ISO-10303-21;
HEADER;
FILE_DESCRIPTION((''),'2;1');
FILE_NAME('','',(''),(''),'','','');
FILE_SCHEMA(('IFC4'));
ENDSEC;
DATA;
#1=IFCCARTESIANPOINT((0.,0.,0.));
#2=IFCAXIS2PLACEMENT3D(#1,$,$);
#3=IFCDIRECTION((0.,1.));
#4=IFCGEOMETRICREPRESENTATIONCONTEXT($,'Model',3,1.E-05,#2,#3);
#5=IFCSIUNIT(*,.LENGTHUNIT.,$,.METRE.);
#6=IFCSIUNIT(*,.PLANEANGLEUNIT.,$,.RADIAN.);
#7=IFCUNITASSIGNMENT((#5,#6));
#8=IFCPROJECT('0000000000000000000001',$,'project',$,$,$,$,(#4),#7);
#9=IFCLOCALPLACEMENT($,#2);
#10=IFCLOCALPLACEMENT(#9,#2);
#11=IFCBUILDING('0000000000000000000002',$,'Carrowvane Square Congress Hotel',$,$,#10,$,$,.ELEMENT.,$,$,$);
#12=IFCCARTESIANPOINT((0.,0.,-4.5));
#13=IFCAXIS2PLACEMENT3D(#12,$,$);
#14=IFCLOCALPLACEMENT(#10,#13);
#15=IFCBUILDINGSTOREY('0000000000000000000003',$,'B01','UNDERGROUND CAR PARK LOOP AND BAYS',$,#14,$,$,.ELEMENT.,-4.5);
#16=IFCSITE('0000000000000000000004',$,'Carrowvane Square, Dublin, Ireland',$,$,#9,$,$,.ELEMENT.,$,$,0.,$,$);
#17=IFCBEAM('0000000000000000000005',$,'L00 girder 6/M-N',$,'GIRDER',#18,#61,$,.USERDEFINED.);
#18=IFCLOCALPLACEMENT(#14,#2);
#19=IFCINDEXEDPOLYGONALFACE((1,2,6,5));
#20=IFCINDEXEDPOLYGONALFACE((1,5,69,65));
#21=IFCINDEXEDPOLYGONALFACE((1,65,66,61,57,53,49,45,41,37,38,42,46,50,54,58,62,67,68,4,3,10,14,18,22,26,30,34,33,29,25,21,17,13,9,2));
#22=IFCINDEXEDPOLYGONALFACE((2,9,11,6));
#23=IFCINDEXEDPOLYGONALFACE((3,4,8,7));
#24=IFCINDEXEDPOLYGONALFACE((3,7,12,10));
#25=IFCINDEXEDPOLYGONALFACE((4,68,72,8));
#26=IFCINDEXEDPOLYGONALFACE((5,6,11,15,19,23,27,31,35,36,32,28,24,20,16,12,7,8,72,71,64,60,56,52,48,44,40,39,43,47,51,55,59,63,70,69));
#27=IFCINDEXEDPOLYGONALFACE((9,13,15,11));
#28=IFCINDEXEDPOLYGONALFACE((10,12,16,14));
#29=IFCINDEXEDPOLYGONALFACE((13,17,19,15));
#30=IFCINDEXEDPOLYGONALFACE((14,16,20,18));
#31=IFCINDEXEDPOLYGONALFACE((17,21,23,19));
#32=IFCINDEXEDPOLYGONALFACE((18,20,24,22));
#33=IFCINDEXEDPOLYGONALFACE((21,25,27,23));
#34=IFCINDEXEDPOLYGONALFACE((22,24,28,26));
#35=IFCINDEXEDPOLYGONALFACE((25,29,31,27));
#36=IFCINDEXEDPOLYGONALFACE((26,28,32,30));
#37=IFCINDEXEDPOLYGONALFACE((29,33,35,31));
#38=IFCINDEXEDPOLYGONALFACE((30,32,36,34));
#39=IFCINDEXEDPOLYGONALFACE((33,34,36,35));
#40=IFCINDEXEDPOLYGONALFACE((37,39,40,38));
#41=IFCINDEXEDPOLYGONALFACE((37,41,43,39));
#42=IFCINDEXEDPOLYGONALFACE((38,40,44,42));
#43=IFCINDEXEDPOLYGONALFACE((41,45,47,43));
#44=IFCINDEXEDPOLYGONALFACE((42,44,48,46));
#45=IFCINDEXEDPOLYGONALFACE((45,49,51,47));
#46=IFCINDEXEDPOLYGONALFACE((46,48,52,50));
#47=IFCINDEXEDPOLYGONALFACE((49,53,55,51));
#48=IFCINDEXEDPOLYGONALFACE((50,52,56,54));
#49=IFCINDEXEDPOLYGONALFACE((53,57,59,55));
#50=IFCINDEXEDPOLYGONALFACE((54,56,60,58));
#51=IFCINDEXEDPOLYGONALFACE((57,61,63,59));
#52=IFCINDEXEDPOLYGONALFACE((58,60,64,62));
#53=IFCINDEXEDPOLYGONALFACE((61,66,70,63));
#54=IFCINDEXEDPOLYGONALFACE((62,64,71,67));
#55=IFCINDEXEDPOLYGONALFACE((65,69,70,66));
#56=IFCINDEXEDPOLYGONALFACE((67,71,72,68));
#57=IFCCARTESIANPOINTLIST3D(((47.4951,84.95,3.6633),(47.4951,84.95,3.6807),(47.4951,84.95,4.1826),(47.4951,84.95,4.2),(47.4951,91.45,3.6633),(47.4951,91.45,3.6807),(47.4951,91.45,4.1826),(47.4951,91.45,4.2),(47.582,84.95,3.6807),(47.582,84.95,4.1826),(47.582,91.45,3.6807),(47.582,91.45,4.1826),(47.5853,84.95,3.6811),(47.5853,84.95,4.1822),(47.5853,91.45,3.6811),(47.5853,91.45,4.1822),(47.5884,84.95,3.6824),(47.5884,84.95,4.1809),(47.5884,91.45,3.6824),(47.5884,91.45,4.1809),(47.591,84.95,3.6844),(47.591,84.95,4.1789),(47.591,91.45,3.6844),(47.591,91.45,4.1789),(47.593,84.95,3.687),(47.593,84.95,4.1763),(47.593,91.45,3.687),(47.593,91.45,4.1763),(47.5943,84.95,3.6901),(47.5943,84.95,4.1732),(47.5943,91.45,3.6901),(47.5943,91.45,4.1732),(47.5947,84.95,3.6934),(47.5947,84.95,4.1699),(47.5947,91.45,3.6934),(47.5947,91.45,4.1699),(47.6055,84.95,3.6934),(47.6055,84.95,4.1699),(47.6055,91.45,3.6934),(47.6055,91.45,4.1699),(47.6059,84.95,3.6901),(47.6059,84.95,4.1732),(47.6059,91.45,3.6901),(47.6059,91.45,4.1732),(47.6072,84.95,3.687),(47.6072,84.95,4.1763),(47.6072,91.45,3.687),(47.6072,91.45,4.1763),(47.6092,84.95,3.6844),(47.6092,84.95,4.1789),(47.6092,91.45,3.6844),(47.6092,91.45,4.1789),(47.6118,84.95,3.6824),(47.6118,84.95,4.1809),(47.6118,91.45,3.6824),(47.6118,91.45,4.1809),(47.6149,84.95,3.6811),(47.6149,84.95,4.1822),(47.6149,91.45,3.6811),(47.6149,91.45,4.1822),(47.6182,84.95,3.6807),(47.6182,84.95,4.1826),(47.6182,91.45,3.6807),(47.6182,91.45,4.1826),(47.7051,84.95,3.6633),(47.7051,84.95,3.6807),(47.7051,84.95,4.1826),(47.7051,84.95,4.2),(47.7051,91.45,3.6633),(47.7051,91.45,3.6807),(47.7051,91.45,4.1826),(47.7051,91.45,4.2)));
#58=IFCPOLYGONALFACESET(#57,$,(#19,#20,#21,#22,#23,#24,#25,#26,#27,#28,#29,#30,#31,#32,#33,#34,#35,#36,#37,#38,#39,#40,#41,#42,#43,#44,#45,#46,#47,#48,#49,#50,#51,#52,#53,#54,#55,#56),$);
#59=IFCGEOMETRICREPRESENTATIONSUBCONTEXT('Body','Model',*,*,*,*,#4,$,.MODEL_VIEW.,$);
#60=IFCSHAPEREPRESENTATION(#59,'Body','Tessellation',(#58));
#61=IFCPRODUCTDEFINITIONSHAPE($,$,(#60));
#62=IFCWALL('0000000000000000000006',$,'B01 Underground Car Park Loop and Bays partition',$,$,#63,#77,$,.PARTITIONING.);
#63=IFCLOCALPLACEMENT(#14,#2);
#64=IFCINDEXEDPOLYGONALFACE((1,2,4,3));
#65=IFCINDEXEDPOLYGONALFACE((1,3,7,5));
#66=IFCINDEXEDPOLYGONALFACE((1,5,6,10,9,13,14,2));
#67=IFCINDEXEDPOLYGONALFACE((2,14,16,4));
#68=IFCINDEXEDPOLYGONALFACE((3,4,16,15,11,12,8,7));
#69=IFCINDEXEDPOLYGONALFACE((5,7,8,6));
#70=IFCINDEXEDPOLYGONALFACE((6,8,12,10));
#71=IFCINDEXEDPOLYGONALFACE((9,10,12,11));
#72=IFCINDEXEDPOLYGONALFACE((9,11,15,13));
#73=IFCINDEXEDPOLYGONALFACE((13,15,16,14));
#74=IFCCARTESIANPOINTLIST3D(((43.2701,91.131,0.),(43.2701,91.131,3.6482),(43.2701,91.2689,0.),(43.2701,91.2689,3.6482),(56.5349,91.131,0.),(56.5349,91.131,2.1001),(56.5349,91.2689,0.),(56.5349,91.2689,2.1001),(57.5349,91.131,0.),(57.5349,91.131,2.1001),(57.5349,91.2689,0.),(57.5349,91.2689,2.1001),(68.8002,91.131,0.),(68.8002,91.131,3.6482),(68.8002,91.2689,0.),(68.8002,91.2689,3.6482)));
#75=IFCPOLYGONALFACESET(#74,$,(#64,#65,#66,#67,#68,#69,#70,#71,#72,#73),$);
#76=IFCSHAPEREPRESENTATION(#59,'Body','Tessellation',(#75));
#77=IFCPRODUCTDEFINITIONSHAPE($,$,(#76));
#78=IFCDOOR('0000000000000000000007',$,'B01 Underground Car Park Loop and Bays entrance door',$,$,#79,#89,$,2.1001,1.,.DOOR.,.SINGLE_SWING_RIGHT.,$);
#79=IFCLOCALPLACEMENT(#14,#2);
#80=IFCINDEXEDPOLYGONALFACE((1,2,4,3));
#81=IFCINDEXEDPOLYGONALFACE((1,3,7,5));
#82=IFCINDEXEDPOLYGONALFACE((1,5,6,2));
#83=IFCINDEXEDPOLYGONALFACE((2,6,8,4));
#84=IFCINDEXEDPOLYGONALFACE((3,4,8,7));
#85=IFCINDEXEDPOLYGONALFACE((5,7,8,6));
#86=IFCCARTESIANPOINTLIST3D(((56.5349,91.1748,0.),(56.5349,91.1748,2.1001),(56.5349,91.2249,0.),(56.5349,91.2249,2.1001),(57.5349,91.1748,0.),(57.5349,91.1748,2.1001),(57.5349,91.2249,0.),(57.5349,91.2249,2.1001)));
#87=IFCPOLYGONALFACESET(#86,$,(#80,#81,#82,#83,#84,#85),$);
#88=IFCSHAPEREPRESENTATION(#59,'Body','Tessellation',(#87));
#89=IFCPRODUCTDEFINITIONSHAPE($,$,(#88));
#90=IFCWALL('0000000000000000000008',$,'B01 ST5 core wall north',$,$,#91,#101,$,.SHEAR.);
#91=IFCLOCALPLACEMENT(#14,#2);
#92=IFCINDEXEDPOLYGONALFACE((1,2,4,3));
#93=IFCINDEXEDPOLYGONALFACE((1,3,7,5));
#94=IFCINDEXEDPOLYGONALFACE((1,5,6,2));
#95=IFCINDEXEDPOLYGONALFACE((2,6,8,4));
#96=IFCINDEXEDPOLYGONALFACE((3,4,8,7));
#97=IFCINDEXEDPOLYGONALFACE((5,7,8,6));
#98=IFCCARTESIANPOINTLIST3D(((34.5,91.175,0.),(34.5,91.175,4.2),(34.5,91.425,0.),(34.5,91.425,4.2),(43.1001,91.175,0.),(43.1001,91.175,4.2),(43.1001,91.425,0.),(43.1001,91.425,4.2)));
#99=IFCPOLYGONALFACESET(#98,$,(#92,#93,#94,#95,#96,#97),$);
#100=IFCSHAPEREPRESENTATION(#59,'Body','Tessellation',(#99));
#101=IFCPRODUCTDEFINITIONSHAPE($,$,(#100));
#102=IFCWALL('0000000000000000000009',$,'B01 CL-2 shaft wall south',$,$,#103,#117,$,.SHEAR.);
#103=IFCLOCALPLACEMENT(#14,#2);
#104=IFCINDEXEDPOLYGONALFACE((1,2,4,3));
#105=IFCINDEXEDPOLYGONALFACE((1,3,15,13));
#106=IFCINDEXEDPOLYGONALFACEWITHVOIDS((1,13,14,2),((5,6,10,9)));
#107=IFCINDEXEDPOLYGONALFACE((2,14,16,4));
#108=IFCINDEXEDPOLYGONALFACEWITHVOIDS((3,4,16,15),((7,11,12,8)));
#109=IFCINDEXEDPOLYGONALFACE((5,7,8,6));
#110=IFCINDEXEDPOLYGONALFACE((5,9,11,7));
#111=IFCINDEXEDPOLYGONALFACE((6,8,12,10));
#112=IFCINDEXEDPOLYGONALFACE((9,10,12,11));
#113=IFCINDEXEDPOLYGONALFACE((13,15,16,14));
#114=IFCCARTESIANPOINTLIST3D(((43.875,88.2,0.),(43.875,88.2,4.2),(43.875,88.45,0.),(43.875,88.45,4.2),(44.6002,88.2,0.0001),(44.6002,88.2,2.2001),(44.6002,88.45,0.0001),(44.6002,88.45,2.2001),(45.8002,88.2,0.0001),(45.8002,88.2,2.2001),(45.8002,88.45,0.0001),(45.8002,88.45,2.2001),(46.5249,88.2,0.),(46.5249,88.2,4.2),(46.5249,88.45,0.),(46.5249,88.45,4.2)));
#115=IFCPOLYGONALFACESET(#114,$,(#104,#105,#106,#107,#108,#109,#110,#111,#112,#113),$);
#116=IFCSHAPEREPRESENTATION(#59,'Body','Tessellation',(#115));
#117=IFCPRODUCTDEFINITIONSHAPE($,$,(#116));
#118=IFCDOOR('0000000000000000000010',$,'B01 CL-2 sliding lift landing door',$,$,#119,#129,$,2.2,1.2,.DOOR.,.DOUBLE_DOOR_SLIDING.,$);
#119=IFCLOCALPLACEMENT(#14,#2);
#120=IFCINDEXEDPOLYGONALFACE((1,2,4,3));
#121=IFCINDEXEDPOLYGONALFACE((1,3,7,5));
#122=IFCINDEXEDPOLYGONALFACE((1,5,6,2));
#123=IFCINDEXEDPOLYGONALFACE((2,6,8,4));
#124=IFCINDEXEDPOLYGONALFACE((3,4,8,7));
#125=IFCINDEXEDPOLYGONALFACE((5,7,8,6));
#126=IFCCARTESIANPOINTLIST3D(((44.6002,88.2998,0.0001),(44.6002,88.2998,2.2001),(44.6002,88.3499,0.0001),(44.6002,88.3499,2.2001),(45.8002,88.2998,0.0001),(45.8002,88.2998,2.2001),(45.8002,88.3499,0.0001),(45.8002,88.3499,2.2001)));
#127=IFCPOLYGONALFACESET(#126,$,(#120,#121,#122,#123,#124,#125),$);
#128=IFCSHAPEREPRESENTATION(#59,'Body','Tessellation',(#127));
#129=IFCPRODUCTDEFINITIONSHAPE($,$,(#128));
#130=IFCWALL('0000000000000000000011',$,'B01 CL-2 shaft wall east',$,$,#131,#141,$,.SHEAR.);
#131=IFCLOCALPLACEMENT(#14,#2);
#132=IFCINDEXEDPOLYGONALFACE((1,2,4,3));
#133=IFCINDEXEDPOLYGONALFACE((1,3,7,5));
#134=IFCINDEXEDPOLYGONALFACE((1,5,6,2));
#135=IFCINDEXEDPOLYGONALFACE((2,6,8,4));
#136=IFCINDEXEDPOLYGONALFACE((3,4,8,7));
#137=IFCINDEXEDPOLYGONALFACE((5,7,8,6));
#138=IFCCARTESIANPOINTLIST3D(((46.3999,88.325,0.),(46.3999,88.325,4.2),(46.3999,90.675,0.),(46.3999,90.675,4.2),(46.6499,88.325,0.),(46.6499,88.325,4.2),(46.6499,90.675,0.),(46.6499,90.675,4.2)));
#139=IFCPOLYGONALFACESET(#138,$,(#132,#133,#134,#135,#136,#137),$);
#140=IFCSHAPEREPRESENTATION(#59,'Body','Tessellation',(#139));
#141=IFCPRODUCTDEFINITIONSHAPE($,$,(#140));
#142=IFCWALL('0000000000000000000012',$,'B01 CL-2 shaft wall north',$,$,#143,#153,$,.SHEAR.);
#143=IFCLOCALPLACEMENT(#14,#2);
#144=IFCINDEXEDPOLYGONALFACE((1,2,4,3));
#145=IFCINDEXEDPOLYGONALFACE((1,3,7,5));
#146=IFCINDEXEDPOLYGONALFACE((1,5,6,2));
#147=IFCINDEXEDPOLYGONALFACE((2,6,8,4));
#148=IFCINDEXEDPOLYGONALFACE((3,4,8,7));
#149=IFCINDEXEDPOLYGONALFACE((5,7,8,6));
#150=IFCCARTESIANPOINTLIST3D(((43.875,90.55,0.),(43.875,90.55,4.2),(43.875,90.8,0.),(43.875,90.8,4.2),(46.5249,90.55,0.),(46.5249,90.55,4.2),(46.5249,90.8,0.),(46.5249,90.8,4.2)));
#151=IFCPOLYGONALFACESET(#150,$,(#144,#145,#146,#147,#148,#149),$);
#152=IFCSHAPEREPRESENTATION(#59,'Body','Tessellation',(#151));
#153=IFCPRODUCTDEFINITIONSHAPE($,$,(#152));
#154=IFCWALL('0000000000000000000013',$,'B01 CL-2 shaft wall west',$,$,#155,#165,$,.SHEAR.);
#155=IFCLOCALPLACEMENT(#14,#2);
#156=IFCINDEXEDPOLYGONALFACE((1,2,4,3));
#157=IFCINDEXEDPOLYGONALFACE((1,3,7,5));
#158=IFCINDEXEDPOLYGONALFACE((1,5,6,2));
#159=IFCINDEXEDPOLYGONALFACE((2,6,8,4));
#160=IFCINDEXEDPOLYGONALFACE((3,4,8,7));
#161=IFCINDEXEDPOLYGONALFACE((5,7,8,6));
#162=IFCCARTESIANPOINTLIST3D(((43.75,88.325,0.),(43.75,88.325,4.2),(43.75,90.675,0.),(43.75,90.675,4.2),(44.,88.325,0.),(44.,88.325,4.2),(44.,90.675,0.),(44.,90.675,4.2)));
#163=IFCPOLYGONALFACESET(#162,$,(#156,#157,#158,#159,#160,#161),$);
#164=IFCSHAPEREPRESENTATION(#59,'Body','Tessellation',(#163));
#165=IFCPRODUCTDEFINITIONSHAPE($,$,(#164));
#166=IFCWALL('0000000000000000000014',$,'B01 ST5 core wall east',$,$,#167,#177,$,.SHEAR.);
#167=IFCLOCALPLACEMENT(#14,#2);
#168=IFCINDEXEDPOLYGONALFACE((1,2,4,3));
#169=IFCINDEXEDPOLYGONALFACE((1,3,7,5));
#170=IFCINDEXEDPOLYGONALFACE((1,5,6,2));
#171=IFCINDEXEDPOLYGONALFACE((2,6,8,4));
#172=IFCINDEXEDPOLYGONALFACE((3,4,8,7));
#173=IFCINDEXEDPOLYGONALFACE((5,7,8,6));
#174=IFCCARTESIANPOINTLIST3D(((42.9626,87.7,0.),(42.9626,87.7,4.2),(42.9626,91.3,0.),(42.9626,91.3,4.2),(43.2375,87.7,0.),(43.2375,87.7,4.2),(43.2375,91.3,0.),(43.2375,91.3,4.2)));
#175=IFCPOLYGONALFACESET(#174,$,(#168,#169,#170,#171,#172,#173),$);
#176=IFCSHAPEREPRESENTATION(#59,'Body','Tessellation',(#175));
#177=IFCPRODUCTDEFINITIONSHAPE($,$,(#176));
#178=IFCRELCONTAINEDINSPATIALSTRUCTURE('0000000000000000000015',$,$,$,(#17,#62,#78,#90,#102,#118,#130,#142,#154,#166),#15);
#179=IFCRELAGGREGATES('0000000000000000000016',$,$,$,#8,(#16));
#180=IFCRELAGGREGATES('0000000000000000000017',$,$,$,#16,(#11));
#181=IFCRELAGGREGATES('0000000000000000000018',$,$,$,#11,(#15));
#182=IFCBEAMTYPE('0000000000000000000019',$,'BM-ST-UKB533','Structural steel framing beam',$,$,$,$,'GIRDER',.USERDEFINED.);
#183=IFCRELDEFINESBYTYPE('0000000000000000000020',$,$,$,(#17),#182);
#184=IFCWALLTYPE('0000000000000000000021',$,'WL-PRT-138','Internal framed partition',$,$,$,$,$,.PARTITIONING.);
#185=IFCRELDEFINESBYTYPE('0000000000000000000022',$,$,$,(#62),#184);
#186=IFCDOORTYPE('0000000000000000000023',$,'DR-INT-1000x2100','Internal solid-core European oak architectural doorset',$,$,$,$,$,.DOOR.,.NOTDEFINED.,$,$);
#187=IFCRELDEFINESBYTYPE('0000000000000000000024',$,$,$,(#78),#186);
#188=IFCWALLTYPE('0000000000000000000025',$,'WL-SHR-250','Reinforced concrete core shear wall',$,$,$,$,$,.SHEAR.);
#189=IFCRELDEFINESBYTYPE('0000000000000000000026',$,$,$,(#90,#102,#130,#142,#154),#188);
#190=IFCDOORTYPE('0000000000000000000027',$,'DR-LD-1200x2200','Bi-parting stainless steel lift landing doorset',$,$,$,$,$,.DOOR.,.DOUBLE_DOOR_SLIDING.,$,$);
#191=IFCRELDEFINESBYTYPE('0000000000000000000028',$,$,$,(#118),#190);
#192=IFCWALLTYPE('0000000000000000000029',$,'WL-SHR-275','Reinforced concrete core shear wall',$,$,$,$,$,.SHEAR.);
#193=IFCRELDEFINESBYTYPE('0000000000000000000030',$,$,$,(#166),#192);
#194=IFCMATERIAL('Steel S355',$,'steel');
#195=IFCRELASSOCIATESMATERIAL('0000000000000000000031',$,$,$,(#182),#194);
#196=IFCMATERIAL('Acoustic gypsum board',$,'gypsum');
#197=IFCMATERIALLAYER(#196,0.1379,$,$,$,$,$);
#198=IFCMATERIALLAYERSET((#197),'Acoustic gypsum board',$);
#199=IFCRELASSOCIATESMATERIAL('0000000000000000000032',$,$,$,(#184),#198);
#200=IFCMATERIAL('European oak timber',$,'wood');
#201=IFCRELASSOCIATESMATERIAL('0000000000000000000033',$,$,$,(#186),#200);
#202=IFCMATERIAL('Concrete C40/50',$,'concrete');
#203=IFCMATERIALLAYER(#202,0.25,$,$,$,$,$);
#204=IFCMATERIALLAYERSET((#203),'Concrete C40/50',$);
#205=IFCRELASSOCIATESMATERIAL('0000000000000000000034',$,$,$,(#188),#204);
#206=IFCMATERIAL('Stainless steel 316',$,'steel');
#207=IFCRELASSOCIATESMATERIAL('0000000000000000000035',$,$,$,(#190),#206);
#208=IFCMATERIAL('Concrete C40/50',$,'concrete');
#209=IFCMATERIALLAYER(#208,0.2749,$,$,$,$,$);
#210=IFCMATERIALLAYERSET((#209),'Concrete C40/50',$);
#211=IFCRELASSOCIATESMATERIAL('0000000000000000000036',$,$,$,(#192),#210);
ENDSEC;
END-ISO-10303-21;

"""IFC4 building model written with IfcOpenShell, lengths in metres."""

from ifc_helpers import new_model, si_unit, direction, frame, frame_2d, origin, origin_2d, place, context, subcontext, project, spatial, rectangle, i_section, extrude, material, layer, layer_set, material_profile, profile_set, type_object, element, fill, save


model = new_model("IFC4")

# Units and contexts
model_context = context("Model", 3, precision=1e-05, world=origin(), true_north=direction((0.0, 1.0)))
body_context = subcontext(model_context, "Body", "Model", "MODEL_VIEW")
ifc_project = project(units=[si_unit("LENGTHUNIT", "METRE"), si_unit("PLANEANGLEUNIT", "RADIAN")], contexts=[model_context])

# Site, building, storey
site_placement = place(None, origin())
site = spatial("IfcSite", under=ifc_project, at=site_placement, Name="Carrowvane Square, Dublin, Ireland", CompositionType="ELEMENT", RefElevation=0.0)
building_placement = place(site_placement, origin())
building = spatial("IfcBuilding", under=site, at=building_placement, Name="Carrowvane Square Congress Hotel", CompositionType="ELEMENT")
storey_placement = place(building_placement, frame((0.0, 0.0, -4.5)))
storey = spatial("IfcBuildingStorey", under=building, at=storey_placement, Name="B01", Description="UNDERGROUND CAR PARK LOOP AND BAYS", CompositionType="ELEMENT", Elevation=-4.5)

# Beam
ifc_material_1 = material(Name="Steel S355", Category="steel")
ifc_material_profile_1 = material_profile(ifc_material_1, i_section(OverallWidth=0.21, OverallDepth=0.5366, WebThickness=0.0107, FlangeThickness=0.0173, FilletRadius=0.0127, at=origin_2d()), Name="UKB 533x210x101")
ifc_profile_set_1 = profile_set([ifc_material_profile_1], Name="Steel S355")
beam_type_1 = type_object("IfcBeamType", Name="BM-ST-UKB533", Description="Structural steel framing beam", ElementType="GIRDER", PredefinedType="USERDEFINED", material=ifc_profile_set_1)
beam_1_placement = place(storey_placement, frame((47.6001, 84.95, 3.9316), z_axis=(0.0, 1.0, 0.0), x_axis=(-1.0, 0.0, 0.0)))
element("IfcBeam", 1, at=beam_1_placement, inside=storey, type_object=beam_type_1, Name="L00 girder 6/M-N", ObjectType="GIRDER", PredefinedType="USERDEFINED", context=body_context, shape_type="SweptSolid", body=[
    extrude(i_section(OverallWidth=0.21, OverallDepth=0.5366, WebThickness=0.0107, FlangeThickness=0.0173, FilletRadius=0.0127, at=origin_2d()), origin(), (0.0, 0.0, 1.0), 6.5),
])

# Wall, opening, door
ifc_material_2 = material(Name="Acoustic gypsum board", Category="gypsum")
ifc_layer_1 = layer(ifc_material_2, 0.1379)
ifc_layer_set_1 = layer_set([ifc_layer_1], Name="Acoustic gypsum board")
wall_type_1 = type_object("IfcWallType", Name="WL-PRT-138", Description="Internal framed partition", PredefinedType="PARTITIONING", material=ifc_layer_set_1)
wall_1_placement = place(storey_placement, frame((43.27, 91.2, 0.0), z_axis=(0.0, 0.0, 1.0), x_axis=(1.0, 0.0, 0.0)))
wall_1 = element("IfcWall", 2, at=wall_1_placement, inside=storey, type_object=wall_type_1, Name="B01 Underground Car Park Loop and Bays partition", PredefinedType="PARTITIONING", context=body_context, shape_type="SweptSolid", body=[
    extrude(rectangle(XDim=25.53, YDim=0.1379, at=frame_2d((12.7651, 0.0))), origin(), (0.0, 0.0, 1.0), 3.6482),
])
opening_1_placement = place(wall_1_placement, frame((13.2649, 0.0, 0.0)))
opening_1 = element("IfcOpeningElement", 3, at=opening_1_placement, cuts=wall_1, PredefinedType="OPENING", context=body_context, shape_type="SweptSolid", body=[
    extrude(rectangle(XDim=1.0, YDim=2.1001, at=frame_2d((0.5, 1.05))), frame((0.0, 0.0789, 0.0), z_axis=(0.0, -1.0, 0.0), x_axis=(1.0, 0.0, 0.0)), (0.0, 0.0, 1.0), 0.158),
])
ifc_material_3 = material(Name="European oak timber", Category="wood")
door_type_1 = type_object("IfcDoorType", Name="DR-INT-1000x2100", Description="Internal solid-core European oak architectural doorset", OperationType="NOTDEFINED", PredefinedType="DOOR", material=ifc_material_3)
door_1_placement = place(opening_1_placement, origin())
door_1 = element("IfcDoor", 4, at=door_1_placement, inside=storey, type_object=door_type_1, Name="B01 Underground Car Park Loop and Bays entrance door", OperationType="SINGLE_SWING_RIGHT", OverallHeight=2.1001, OverallWidth=1.0, PredefinedType="DOOR", context=body_context, shape_type="SweptSolid", body=[
    extrude(rectangle(XDim=1.0, YDim=2.1001, at=frame_2d((0.5, 1.05))), frame((0.0, 0.0249, 0.0), z_axis=(0.0, -1.0, 0.0), x_axis=(1.0, 0.0, 0.0)), (0.0, 0.0, 1.0), 0.05),
])
fill(opening_1, door_1)

# Wall
ifc_material_4 = material(Name="Concrete C40/50", Category="concrete")
ifc_layer_2 = layer(ifc_material_4, 0.25)
ifc_layer_set_2 = layer_set([ifc_layer_2], Name="Concrete C40/50")
wall_type_2 = type_object("IfcWallType", Name="WL-SHR-250", Description="Reinforced concrete core shear wall", PredefinedType="SHEAR", material=ifc_layer_set_2)
wall_2_placement = place(storey_placement, frame((43.1001, 91.3, 0.0), z_axis=(0.0, 0.0, 1.0), x_axis=(-1.0, 0.0, 0.0)))
element("IfcWall", 5, at=wall_2_placement, inside=storey, type_object=wall_type_2, Name="B01 ST5 core wall north", PredefinedType="SHEAR", context=body_context, shape_type="SweptSolid", body=[
    extrude(rectangle(XDim=8.6001, YDim=0.25, at=frame_2d((4.3, 0.0))), origin(), (0.0, 0.0, 1.0), 4.2),
])

# Wall, opening, door
wall_3_placement = place(storey_placement, frame((43.875, 88.325, 0.0), z_axis=(0.0, 0.0, 1.0), x_axis=(1.0, 0.0, 0.0)))
wall_3 = element("IfcWall", 6, at=wall_3_placement, inside=storey, type_object=wall_type_2, Name="B01 CL-2 shaft wall south", PredefinedType="SHEAR", context=body_context, shape_type="SweptSolid", body=[
    extrude(rectangle(XDim=2.6499, YDim=0.25, at=frame_2d((1.325, 0.0))), origin(), (0.0, 0.0, 1.0), 4.2),
])
opening_2_placement = place(wall_3_placement, frame((0.7251, 0.0, 0.0)))
opening_2 = element("IfcOpeningElement", 7, at=opening_2_placement, cuts=wall_3, PredefinedType="OPENING", context=body_context, shape_type="SweptSolid", body=[
    extrude(rectangle(XDim=1.2, YDim=2.2, at=frame_2d((0.6001, 1.1001))), frame((0.0, 0.135, 0.0), z_axis=(0.0, -1.0, 0.0), x_axis=(1.0, 0.0, 0.0)), (0.0, 0.0, 1.0), 0.27),
])
ifc_material_5 = material(Name="Stainless steel 316", Category="steel")
door_type_2 = type_object("IfcDoorType", Name="DR-LD-1200x2200", Description="Bi-parting stainless steel lift landing doorset", OperationType="DOUBLE_DOOR_SLIDING", PredefinedType="DOOR", material=ifc_material_5)
door_2_placement = place(opening_2_placement, origin())
door_2 = element("IfcDoor", 8, at=door_2_placement, inside=storey, type_object=door_type_2, Name="B01 CL-2 sliding lift landing door", OperationType="DOUBLE_DOOR_SLIDING", OverallHeight=2.2, OverallWidth=1.2, PredefinedType="DOOR", context=body_context, shape_type="SweptSolid", body=[
    extrude(rectangle(XDim=1.2, YDim=2.2, at=frame_2d((0.6001, 1.1001))), frame((0.0, 0.0249, 0.0), z_axis=(0.0, -1.0, 0.0), x_axis=(1.0, 0.0, 0.0)), (0.0, 0.0, 1.0), 0.05),
])
fill(opening_2, door_2)

# Walls
wall_4_placement = place(storey_placement, frame((46.5249, 88.325, 0.0), z_axis=(0.0, 0.0, 1.0), x_axis=(0.0, 1.0, 0.0)))
element("IfcWall", 9, at=wall_4_placement, inside=storey, type_object=wall_type_2, Name="B01 CL-2 shaft wall east", PredefinedType="SHEAR", context=body_context, shape_type="SweptSolid", body=[
    extrude(rectangle(XDim=2.3501, YDim=0.25, at=frame_2d((1.175, 0.0))), origin(), (0.0, 0.0, 1.0), 4.2),
])
wall_5_placement = place(storey_placement, frame((46.5249, 90.675, 0.0), z_axis=(0.0, 0.0, 1.0), x_axis=(-1.0, 0.0, 0.0)))
element("IfcWall", 10, at=wall_5_placement, inside=storey, type_object=wall_type_2, Name="B01 CL-2 shaft wall north", PredefinedType="SHEAR", context=body_context, shape_type="SweptSolid", body=[
    extrude(rectangle(XDim=2.6499, YDim=0.25, at=frame_2d((1.325, 0.0))), origin(), (0.0, 0.0, 1.0), 4.2),
])
wall_6_placement = place(storey_placement, frame((43.875, 90.675, 0.0), z_axis=(0.0, 0.0, 1.0), x_axis=(0.0, -1.0, 0.0)))
element("IfcWall", 11, at=wall_6_placement, inside=storey, type_object=wall_type_2, Name="B01 CL-2 shaft wall west", PredefinedType="SHEAR", context=body_context, shape_type="SweptSolid", body=[
    extrude(rectangle(XDim=2.3501, YDim=0.25, at=frame_2d((1.175, 0.0))), origin(), (0.0, 0.0, 1.0), 4.2),
])
ifc_material_6 = material(Name="Concrete C40/50", Category="concrete")
ifc_layer_3 = layer(ifc_material_6, 0.2749)
ifc_layer_set_3 = layer_set([ifc_layer_3], Name="Concrete C40/50")
wall_type_3 = type_object("IfcWallType", Name="WL-SHR-275", Description="Reinforced concrete core shear wall", PredefinedType="SHEAR", material=ifc_layer_set_3)
wall_7_placement = place(storey_placement, frame((43.1001, 87.7, 0.0), z_axis=(0.0, 0.0, 1.0), x_axis=(0.0, 1.0, 0.0)))
element("IfcWall", 12, at=wall_7_placement, inside=storey, type_object=wall_type_3, Name="B01 ST5 core wall east", PredefinedType="SHEAR", context=body_context, shape_type="SweptSolid", body=[
    extrude(rectangle(XDim=3.6001, YDim=0.2749, at=frame_2d((1.8, 0.0))), origin(), (0.0, 0.0, 1.0), 4.2),
])

save(model, "model.ifc")
